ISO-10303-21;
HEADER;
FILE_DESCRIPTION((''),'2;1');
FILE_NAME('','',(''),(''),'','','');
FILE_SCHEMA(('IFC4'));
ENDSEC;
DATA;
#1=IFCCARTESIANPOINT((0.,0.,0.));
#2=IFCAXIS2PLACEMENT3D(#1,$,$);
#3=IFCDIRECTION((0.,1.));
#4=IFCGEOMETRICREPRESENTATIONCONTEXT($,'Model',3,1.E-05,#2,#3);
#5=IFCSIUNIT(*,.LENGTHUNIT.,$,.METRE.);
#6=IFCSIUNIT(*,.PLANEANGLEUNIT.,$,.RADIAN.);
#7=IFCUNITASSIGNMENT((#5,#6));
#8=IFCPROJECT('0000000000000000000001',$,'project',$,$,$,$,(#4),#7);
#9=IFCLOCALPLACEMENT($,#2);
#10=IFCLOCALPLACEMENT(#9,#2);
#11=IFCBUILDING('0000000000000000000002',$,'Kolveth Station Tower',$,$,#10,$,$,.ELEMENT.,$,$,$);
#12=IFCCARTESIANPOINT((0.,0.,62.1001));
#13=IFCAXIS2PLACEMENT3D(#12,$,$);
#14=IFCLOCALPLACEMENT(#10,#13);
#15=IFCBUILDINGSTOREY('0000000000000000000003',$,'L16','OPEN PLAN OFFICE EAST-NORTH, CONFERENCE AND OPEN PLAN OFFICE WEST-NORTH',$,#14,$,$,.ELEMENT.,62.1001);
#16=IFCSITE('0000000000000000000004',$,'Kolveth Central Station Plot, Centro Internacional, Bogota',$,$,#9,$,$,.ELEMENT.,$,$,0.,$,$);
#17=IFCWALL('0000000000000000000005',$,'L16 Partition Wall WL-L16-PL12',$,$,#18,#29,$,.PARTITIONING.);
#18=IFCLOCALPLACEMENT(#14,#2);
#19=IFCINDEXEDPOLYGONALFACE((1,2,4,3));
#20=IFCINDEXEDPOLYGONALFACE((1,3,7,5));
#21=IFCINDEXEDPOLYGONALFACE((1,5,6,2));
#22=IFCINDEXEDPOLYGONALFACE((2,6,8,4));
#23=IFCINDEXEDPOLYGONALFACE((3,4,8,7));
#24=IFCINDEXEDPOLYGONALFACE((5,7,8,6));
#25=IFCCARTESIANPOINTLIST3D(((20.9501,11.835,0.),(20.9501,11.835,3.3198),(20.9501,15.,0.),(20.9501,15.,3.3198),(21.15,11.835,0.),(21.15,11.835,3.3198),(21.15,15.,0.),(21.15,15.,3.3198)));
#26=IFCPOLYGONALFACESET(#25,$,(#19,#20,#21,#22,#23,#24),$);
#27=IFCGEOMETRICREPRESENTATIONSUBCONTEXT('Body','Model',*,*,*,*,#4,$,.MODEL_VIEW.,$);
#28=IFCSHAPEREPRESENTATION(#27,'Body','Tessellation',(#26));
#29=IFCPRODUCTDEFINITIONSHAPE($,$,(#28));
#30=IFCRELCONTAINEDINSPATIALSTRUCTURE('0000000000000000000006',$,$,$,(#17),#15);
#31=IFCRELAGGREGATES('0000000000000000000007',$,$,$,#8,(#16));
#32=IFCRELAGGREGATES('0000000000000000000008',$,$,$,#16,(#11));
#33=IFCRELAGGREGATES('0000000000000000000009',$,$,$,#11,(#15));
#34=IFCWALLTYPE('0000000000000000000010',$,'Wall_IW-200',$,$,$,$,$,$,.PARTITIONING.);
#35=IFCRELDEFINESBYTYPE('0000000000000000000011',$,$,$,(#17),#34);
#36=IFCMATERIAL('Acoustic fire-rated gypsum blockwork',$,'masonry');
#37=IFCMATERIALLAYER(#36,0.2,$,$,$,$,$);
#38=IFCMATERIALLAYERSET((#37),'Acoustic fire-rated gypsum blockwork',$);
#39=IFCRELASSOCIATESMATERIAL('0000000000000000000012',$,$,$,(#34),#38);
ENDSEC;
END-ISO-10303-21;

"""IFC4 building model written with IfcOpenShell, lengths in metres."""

from ifc_helpers import new_model, si_unit, direction, frame, frame_2d, origin, place, context, subcontext, project, spatial, rectangle, extrude, material, layer, layer_set, type_object, element, save


model = new_model("IFC4")

# Units and contexts
model_context = context("Model", 3, precision=1e-05, world=origin(), true_north=direction((0.0, 1.0)))
body_context = subcontext(model_context, "Body", "Model", "MODEL_VIEW")
ifc_project = project(units=[si_unit("LENGTHUNIT", "METRE"), si_unit("PLANEANGLEUNIT", "RADIAN")], contexts=[model_context])

# Site, building, storey
site_placement = place(None, origin())
site = spatial("IfcSite", under=ifc_project, at=site_placement, Name="Kolveth Central Station Plot, Centro Internacional, Bogota", CompositionType="ELEMENT", RefElevation=0.0)
building_placement = place(site_placement, origin())
building = spatial("IfcBuilding", under=site, at=building_placement, Name="Kolveth Station Tower", CompositionType="ELEMENT")
storey_placement = place(building_placement, frame((0.0, 0.0, 62.1001)))
storey = spatial("IfcBuildingStorey", under=building, at=storey_placement, Name="L16", Description="OPEN PLAN OFFICE EAST-NORTH, CONFERENCE AND OPEN PLAN OFFICE WEST-NORTH", CompositionType="ELEMENT", Elevation=62.1001)

# Shared definitions
ifc_material_1 = material(Name="Acoustic fire-rated gypsum blockwork", Category="masonry")
ifc_layer_1 = layer(ifc_material_1, 0.2)
ifc_layer_set_1 = layer_set([ifc_layer_1], Name="Acoustic fire-rated gypsum blockwork")
wall_type_1 = type_object("IfcWallType", Name="Wall_IW-200", PredefinedType="PARTITIONING", material=ifc_layer_set_1)

# Wall
wall_1_placement = place(storey_placement, frame((21.05, 11.835, 0.0), z_axis=(0.0, 0.0, 1.0), x_axis=(0.0, 1.0, 0.0)))
element("IfcWall", 1, at=wall_1_placement, inside=storey, type_object=wall_type_1, Name="L16 Partition Wall WL-L16-PL12", PredefinedType="PARTITIONING", context=body_context, shape_type="SweptSolid", body=[
    extrude(rectangle(XDim=3.165, YDim=0.2, at=frame_2d((1.5825, 0.0))), origin(), (0.0, 0.0, 1.0), 3.3198),
])

save(model, "model.ifc")
